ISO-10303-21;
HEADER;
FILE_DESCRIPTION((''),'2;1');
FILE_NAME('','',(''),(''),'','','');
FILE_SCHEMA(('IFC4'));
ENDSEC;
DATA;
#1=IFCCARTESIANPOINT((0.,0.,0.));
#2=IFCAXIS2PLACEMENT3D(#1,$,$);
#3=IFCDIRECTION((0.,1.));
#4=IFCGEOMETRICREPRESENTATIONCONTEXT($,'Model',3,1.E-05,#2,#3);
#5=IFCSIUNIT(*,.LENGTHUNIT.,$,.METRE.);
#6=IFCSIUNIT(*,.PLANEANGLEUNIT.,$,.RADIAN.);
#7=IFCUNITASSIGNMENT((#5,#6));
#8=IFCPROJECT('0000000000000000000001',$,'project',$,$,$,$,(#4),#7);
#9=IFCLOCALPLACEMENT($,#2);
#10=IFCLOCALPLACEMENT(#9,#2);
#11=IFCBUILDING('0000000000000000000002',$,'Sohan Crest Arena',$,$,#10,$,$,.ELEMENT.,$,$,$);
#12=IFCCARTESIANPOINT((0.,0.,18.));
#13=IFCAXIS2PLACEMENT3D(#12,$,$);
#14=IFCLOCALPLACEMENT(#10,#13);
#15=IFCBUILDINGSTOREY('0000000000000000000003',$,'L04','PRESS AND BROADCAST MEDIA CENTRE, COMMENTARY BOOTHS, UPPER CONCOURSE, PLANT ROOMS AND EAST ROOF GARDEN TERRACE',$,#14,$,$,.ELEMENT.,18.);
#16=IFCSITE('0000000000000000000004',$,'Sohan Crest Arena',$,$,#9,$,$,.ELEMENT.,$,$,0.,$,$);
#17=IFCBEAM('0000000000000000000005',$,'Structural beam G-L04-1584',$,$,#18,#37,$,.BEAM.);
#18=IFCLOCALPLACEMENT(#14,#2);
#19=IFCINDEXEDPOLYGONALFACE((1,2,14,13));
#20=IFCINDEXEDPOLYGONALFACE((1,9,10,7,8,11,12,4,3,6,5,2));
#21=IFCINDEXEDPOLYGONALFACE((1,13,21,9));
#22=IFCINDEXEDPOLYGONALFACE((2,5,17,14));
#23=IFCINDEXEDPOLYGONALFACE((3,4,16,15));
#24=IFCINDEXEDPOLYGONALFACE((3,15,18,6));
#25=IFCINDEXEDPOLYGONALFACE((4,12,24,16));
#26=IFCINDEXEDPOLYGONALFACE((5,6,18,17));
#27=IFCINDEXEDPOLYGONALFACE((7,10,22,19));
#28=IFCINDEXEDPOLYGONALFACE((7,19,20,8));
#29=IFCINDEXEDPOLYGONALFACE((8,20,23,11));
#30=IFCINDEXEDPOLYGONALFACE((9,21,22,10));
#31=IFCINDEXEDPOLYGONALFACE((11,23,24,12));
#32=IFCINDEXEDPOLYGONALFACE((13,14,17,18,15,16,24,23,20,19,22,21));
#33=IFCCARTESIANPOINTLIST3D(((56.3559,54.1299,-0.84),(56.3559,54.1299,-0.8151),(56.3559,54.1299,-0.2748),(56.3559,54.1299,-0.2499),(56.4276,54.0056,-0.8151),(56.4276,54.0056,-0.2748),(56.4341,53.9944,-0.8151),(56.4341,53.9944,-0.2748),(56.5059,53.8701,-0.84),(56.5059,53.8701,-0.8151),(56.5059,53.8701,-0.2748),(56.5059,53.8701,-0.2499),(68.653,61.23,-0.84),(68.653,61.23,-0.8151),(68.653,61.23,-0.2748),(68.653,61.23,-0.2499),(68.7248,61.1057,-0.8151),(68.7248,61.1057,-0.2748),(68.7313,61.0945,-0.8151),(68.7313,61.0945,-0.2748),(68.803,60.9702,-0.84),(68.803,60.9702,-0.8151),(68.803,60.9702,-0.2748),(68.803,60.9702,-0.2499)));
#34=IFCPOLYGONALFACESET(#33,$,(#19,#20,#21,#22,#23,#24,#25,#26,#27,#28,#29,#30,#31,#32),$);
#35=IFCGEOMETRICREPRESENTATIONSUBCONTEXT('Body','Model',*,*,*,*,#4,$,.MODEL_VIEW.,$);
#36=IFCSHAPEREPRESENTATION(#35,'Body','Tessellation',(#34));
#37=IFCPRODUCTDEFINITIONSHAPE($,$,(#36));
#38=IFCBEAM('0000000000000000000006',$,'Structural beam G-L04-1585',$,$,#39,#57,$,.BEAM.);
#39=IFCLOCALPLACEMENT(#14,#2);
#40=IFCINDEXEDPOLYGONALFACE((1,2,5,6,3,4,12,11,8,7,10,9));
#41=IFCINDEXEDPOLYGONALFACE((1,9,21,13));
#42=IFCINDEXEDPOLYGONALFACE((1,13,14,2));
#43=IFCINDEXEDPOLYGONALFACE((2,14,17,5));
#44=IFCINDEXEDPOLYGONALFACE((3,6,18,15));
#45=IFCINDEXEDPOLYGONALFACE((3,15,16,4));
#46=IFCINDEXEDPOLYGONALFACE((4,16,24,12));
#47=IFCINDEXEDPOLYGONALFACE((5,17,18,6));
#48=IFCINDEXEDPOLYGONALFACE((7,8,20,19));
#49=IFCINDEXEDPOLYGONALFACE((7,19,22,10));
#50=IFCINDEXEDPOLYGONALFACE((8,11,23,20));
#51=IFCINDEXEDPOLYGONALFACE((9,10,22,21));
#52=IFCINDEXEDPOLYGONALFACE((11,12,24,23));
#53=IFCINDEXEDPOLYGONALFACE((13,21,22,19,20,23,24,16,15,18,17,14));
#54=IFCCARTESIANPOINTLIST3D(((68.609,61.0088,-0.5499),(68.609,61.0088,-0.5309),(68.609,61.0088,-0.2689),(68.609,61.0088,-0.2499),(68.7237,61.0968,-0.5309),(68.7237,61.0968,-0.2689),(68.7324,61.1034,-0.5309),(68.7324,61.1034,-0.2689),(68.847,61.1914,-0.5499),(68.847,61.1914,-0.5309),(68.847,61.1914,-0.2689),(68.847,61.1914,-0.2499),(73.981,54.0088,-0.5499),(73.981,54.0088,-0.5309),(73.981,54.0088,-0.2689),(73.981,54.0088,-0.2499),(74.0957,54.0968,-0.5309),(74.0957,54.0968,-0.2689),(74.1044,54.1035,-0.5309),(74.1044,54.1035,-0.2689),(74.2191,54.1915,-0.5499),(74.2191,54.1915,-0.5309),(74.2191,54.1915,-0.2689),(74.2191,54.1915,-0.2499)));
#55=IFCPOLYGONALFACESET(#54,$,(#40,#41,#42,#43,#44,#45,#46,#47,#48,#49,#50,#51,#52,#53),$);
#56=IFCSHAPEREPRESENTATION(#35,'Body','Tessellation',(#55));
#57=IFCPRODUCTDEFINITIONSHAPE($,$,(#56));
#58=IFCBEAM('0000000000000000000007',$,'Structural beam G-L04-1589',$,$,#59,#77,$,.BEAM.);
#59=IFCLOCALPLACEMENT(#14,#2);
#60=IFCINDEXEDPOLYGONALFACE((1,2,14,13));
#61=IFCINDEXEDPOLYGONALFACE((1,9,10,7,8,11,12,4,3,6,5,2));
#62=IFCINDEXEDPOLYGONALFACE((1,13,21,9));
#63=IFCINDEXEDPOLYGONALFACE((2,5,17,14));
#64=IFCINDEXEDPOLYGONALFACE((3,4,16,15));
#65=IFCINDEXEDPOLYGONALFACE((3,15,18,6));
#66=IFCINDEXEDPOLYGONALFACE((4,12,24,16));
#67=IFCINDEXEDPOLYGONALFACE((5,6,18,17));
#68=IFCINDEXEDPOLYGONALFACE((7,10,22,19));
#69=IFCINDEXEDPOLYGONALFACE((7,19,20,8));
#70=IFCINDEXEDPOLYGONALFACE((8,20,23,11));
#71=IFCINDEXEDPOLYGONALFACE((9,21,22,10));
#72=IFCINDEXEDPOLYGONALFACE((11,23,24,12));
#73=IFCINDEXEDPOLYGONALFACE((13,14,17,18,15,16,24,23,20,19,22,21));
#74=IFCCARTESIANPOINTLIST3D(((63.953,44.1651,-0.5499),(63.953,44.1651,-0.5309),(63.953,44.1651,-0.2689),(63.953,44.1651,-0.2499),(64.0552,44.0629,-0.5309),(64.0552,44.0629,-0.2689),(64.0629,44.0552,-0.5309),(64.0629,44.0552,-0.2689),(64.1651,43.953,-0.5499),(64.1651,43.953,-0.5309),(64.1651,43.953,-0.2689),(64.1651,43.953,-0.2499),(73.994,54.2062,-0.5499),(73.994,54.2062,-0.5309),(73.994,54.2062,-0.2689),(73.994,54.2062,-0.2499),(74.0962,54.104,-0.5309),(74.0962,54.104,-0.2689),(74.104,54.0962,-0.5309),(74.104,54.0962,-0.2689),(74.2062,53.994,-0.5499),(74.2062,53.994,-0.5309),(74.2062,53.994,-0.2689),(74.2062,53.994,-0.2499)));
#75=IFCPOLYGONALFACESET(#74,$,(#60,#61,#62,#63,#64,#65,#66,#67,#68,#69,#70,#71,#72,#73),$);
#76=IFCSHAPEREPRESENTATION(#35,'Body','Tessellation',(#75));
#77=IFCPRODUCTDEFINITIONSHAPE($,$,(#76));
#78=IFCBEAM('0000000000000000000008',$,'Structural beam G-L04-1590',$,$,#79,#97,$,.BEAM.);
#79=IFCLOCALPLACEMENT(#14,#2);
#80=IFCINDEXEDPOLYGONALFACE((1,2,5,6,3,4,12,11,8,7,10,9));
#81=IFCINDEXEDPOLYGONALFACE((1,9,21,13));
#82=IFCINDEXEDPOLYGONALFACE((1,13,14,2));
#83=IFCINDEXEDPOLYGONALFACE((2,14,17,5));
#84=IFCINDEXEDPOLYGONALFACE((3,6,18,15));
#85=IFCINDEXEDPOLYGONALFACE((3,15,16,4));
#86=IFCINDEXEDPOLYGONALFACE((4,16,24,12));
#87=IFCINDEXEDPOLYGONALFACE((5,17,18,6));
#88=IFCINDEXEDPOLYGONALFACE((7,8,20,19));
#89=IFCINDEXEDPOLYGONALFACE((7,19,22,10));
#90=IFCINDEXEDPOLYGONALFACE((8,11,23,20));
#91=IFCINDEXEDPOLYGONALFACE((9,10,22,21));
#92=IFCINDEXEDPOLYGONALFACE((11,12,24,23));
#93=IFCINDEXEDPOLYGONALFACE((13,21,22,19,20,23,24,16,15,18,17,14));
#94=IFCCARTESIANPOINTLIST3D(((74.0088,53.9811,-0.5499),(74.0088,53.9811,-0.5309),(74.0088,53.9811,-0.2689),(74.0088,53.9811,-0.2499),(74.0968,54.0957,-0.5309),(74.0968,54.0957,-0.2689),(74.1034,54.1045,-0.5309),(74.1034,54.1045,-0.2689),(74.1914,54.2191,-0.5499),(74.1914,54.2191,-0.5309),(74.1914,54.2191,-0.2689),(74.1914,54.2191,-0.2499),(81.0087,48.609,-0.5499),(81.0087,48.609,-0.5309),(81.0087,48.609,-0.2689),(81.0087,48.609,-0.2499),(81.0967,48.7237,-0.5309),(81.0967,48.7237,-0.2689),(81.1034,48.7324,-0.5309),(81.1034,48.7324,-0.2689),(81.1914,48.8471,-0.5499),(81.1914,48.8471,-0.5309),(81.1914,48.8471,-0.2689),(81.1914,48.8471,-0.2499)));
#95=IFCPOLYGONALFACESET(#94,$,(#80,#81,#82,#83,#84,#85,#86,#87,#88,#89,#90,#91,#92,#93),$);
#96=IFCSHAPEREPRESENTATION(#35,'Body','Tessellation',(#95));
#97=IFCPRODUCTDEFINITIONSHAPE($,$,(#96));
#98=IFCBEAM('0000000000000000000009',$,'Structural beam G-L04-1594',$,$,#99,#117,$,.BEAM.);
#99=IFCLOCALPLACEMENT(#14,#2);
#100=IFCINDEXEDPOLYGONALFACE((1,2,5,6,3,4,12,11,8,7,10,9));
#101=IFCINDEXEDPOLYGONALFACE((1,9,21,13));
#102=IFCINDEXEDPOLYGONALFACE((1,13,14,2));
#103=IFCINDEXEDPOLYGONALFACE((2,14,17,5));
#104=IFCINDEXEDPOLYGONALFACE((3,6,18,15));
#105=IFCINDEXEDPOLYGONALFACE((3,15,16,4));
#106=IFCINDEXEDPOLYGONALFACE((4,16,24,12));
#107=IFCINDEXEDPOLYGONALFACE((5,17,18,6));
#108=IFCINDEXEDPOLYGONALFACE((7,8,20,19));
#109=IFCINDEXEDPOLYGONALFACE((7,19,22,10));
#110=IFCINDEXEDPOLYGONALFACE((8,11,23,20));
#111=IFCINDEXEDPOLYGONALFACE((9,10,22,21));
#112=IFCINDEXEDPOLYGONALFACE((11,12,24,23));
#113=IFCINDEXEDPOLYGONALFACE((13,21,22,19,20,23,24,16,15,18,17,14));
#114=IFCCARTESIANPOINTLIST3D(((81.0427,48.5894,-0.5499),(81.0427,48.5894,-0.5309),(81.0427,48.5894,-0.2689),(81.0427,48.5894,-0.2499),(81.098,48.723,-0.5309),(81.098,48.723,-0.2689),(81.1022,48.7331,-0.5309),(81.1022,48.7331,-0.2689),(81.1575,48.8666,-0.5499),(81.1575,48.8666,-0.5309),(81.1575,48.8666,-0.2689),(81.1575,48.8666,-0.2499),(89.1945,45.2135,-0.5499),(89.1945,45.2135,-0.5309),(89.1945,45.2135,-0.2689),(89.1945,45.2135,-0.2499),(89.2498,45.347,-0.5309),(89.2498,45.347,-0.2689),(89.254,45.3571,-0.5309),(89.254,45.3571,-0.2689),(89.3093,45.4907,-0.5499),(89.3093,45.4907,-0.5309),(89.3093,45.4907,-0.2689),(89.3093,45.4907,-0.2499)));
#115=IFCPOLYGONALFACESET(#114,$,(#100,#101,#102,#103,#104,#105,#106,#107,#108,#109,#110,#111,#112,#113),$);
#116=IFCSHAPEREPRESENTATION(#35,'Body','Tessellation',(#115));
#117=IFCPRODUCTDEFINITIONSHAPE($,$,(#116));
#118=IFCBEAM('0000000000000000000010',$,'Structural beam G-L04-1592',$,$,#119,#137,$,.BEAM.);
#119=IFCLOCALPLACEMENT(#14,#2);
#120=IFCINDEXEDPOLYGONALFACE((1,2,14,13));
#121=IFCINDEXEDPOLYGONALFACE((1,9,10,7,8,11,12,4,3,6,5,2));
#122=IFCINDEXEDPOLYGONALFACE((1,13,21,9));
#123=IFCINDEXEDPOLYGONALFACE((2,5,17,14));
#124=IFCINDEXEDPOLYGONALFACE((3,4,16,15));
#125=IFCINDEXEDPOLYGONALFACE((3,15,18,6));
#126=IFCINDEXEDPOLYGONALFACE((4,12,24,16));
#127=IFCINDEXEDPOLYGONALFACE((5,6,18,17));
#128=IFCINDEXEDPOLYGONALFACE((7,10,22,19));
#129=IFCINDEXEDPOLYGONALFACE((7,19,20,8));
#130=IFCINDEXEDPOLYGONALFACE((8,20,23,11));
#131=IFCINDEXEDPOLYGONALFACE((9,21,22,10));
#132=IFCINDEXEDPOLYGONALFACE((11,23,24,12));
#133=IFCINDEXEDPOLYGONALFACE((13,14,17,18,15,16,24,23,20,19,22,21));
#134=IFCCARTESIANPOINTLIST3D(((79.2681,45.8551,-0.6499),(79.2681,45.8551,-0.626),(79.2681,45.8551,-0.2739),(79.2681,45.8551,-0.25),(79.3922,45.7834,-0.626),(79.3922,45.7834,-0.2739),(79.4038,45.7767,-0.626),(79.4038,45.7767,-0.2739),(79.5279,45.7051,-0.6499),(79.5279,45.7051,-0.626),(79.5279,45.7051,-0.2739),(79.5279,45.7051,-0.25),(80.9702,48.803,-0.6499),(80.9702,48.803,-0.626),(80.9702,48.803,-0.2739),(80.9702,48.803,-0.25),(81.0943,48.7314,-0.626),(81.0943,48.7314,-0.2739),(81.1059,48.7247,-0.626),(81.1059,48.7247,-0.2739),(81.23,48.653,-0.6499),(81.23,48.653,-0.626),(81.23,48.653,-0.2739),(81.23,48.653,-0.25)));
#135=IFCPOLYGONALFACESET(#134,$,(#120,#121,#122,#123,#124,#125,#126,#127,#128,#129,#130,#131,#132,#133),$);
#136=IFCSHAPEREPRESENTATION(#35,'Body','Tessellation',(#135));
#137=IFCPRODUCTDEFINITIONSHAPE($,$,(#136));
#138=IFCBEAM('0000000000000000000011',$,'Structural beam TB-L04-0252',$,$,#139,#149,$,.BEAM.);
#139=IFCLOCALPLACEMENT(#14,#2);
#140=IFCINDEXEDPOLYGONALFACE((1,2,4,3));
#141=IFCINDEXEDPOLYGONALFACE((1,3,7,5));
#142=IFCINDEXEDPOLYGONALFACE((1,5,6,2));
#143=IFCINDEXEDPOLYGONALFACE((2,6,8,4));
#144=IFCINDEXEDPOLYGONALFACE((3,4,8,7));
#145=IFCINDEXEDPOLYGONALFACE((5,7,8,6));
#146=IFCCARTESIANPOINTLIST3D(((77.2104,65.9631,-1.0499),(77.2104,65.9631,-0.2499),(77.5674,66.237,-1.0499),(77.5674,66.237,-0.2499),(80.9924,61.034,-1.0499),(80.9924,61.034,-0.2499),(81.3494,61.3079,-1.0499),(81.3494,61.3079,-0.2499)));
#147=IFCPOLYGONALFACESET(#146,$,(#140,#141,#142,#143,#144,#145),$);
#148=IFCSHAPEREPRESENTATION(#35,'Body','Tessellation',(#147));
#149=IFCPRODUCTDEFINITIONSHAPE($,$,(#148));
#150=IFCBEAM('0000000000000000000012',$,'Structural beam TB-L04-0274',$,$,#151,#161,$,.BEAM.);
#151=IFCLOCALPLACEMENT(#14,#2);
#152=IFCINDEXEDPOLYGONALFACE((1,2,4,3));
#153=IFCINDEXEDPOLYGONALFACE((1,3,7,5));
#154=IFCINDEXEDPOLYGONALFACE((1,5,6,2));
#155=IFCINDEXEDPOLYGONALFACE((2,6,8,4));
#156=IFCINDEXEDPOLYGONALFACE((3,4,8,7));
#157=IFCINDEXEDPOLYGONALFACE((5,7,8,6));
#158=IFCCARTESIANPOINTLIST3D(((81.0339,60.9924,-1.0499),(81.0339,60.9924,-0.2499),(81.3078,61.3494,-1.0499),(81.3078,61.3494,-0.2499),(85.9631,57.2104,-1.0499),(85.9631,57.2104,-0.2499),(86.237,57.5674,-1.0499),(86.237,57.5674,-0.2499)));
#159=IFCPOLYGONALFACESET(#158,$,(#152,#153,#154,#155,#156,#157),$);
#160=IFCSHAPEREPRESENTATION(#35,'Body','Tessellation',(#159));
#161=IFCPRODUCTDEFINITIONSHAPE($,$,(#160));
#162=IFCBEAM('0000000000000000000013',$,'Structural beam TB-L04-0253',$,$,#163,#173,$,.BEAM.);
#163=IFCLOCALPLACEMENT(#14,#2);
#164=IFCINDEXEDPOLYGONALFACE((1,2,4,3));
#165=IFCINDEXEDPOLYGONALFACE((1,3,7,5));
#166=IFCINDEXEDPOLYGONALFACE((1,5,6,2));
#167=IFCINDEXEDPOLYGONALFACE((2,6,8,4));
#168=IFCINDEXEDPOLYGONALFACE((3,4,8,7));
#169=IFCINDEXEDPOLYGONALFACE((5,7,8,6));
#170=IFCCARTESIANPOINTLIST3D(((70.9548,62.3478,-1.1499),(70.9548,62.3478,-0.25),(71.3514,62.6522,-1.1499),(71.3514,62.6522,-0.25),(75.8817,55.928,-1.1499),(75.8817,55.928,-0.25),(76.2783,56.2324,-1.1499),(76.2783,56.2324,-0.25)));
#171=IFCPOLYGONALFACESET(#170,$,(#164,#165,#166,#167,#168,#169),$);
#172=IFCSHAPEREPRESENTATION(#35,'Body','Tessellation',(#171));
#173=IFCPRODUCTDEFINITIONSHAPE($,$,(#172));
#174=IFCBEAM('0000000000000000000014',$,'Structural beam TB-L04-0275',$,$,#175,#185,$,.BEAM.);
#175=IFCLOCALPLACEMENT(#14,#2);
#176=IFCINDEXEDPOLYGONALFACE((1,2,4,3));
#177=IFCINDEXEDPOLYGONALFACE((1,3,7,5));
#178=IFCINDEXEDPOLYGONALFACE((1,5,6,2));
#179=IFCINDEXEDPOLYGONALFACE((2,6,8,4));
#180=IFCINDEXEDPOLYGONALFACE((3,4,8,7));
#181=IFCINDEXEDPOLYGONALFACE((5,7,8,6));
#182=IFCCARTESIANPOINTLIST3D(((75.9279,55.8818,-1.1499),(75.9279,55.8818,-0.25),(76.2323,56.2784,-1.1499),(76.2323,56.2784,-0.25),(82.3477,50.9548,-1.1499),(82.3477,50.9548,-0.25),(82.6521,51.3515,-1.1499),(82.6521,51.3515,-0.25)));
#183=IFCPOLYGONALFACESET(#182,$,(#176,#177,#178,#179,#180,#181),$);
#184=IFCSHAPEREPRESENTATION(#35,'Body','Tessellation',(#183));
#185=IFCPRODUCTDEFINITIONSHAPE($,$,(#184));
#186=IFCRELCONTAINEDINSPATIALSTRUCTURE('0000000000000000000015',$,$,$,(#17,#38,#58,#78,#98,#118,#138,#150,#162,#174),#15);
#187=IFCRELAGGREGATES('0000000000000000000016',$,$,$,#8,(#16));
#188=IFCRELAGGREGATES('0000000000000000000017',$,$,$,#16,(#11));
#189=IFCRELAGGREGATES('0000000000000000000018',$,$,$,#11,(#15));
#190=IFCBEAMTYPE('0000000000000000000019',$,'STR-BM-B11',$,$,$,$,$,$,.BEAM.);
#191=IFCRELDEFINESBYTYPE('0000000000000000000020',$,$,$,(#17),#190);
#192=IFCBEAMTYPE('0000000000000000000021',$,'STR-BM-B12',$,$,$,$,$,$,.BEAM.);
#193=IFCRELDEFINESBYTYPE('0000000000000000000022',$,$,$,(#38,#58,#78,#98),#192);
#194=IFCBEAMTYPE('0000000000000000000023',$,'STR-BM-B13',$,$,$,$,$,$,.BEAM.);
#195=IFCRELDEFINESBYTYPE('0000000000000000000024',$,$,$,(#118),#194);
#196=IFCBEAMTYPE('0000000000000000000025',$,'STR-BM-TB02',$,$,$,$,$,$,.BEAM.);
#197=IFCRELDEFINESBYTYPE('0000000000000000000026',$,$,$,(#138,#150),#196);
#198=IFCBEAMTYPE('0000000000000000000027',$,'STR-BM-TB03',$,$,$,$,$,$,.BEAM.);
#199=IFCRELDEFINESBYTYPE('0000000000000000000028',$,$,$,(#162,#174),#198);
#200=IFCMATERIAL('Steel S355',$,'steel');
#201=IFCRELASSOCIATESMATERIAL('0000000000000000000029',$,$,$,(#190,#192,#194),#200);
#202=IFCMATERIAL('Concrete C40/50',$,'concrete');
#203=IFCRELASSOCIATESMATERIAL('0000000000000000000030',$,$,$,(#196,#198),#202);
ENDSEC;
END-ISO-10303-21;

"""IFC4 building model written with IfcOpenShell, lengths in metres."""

from ifc_helpers import new_model, si_unit, direction, frame, origin, origin_2d, place, context, subcontext, project, spatial, rectangle, i_section, extrude, material, material_profile, profile_set, type_object, element, save


model = new_model("IFC4")

# Units and contexts
model_context = context("Model", 3, precision=1e-05, world=origin(), true_north=direction((0.0, 1.0)))
body_context = subcontext(model_context, "Body", "Model", "MODEL_VIEW")
ifc_project = project(units=[si_unit("LENGTHUNIT", "METRE"), si_unit("PLANEANGLEUNIT", "RADIAN")], contexts=[model_context])

# Site, building, storey
site_placement = place(None, origin())
site = spatial("IfcSite", under=ifc_project, at=site_placement, Name="Sohan Crest Arena", CompositionType="ELEMENT", RefElevation=0.0)
building_placement = place(site_placement, origin())
building = spatial("IfcBuilding", under=site, at=building_placement, Name="Sohan Crest Arena", CompositionType="ELEMENT")
storey_placement = place(building_placement, frame((0.0, 0.0, 18.0)))
storey = spatial("IfcBuildingStorey", under=building, at=storey_placement, Name="L04", Description="PRESS AND BROADCAST MEDIA CENTRE, COMMENTARY BOOTHS, UPPER CONCOURSE, PLANT ROOMS AND EAST ROOF GARDEN TERRACE", CompositionType="ELEMENT", Elevation=18.0)

# Shared definitions
ifc_material_1 = material(Name="Concrete C40/50", Category="concrete")
ifc_material_2 = material(Name="Steel S355", Category="steel")

# Beams
ifc_material_profile_1 = material_profile(ifc_material_2, i_section(OverallWidth=0.3, OverallDepth=0.5901, WebThickness=0.0129, FlangeThickness=0.0249, at=origin_2d()), Name="HEA 600")
ifc_profile_set_1 = profile_set([ifc_material_profile_1], Name="Steel S355")
beam_type_1 = type_object("IfcBeamType", Name="STR-BM-B11", PredefinedType="BEAM", material=ifc_profile_set_1)
beam_1_placement = place(storey_placement, frame((68.728, 61.1001, -0.5449), z_axis=(-0.866015, -0.500019, 0.0), x_axis=(0.500019, -0.866015, 0.0)))
element("IfcBeam", 1, at=beam_1_placement, inside=storey, type_object=beam_type_1, Name="Structural beam G-L04-1584", PredefinedType="BEAM", context=body_context, shape_type="SweptSolid", body=[
    extrude(i_section(OverallWidth=0.3, OverallDepth=0.5901, WebThickness=0.0129, FlangeThickness=0.0249, at=origin_2d()), origin(), (0.0, 0.0, 1.0), 14.1997),
])
ifc_material_profile_2 = material_profile(ifc_material_2, i_section(OverallWidth=0.3, OverallDepth=0.3, WebThickness=0.011, FlangeThickness=0.019, at=origin_2d()), Name="HEB 300")
ifc_profile_set_2 = profile_set([ifc_material_profile_2], Name="Steel S355")
beam_type_2 = type_object("IfcBeamType", Name="STR-BM-B12", PredefinedType="BEAM", material=ifc_profile_set_2)
beam_2_placement = place(storey_placement, frame((68.728, 61.1001, -0.3999), z_axis=(0.608817, -0.793311, 0.0), x_axis=(0.793311, 0.608817, 0.0)))
element("IfcBeam", 2, at=beam_2_placement, inside=storey, type_object=beam_type_2, Name="Structural beam G-L04-1585", PredefinedType="BEAM", context=body_context, shape_type="SweptSolid", body=[
    extrude(i_section(OverallWidth=0.3, OverallDepth=0.3, WebThickness=0.011, FlangeThickness=0.019, at=origin_2d()), origin(), (0.0, 0.0, 1.0), 8.8237),
])
beam_3_placement = place(storey_placement, frame((74.1001, 54.1001, -0.3999), z_axis=(-0.707107, -0.707107, 0.0), x_axis=(0.707107, -0.707107, 0.0)))
element("IfcBeam", 3, at=beam_3_placement, inside=storey, type_object=beam_type_2, Name="Structural beam G-L04-1589", PredefinedType="BEAM", context=body_context, shape_type="SweptSolid", body=[
    extrude(i_section(OverallWidth=0.3, OverallDepth=0.3, WebThickness=0.011, FlangeThickness=0.019, at=origin_2d()), origin(), (0.0, 0.0, 1.0), 14.2002),
])
beam_4_placement = place(storey_placement, frame((74.1001, 54.1001, -0.3999), z_axis=(0.793311, -0.608817, 0.0), x_axis=(0.608817, 0.793311, 0.0)))
element("IfcBeam", 4, at=beam_4_placement, inside=storey, type_object=beam_type_2, Name="Structural beam G-L04-1590", PredefinedType="BEAM", context=body_context, shape_type="SweptSolid", body=[
    extrude(i_section(OverallWidth=0.3, OverallDepth=0.3, WebThickness=0.011, FlangeThickness=0.019, at=origin_2d()), origin(), (0.0, 0.0, 1.0), 8.8237),
])
beam_5_placement = place(storey_placement, frame((81.1001, 48.728, -0.3999), z_axis=(0.923905, -0.382622, 0.0), x_axis=(0.382622, 0.923905, 0.0)))
element("IfcBeam", 5, at=beam_5_placement, inside=storey, type_object=beam_type_2, Name="Structural beam G-L04-1594", PredefinedType="BEAM", context=body_context, shape_type="SweptSolid", body=[
    extrude(i_section(OverallWidth=0.3, OverallDepth=0.3, WebThickness=0.011, FlangeThickness=0.019, at=origin_2d()), origin(), (0.0, 0.0, 1.0), 8.8232),
])
ifc_material_profile_3 = material_profile(ifc_material_2, i_section(OverallWidth=0.3, OverallDepth=0.3999, WebThickness=0.0134, FlangeThickness=0.0239, at=origin_2d()), Name="HEB 400")
ifc_profile_set_3 = profile_set([ifc_material_profile_3], Name="Steel S355")
beam_type_3 = type_object("IfcBeamType", Name="STR-BM-B13", PredefinedType="BEAM", material=ifc_profile_set_3)
beam_6_placement = place(storey_placement, frame((81.1001, 48.728, -0.45), z_axis=(-0.500027, -0.86601, 0.0), x_axis=(0.86601, -0.500027, 0.0)))
element("IfcBeam", 6, at=beam_6_placement, inside=storey, type_object=beam_type_3, Name="Structural beam G-L04-1592", PredefinedType="BEAM", context=body_context, shape_type="SweptSolid", body=[
    extrude(i_section(OverallWidth=0.3, OverallDepth=0.3999, WebThickness=0.0134, FlangeThickness=0.0239, at=origin_2d()), origin(), (0.0, 0.0, 1.0), 3.4041),
])
ifc_material_profile_4 = material_profile(ifc_material_1, rectangle(XDim=0.45, YDim=0.8, at=origin_2d()), Name="RC-BM 450x800")
ifc_profile_set_4 = profile_set([ifc_material_profile_4], Name="Concrete C40/50")
beam_type_4 = type_object("IfcBeamType", Name="STR-BM-TB02", PredefinedType="BEAM", material=ifc_profile_set_4)
for number, where, z_axis, x_axis, name in (
    (7, (77.3889, 66.1001, -0.6499), (0.608728, -0.793379, 0.0), (0.793379, 0.608728, 0.0), "Structural beam TB-L04-0252"),
    (8, (81.1709, 61.1709, -0.6499), (0.793379, -0.608728, 0.0), (0.608728, 0.793379, 0.0), "Structural beam TB-L04-0274"),
):
    element("IfcBeam", number, at=place(storey_placement, frame(where, z_axis=z_axis, x_axis=x_axis)), inside=storey, type_object=beam_type_4, Name=name, PredefinedType="BEAM", context=body_context, shape_type="SweptSolid", body=[
        extrude(rectangle(XDim=0.45, YDim=0.8, at=origin_2d()), origin(), (0.0, 0.0, 1.0), 6.2129),
    ])
ifc_material_profile_5 = material_profile(ifc_material_1, rectangle(XDim=0.5, YDim=0.8999, at=origin_2d()), Name="RC-BM 500x900")
ifc_profile_set_5 = profile_set([ifc_material_profile_5], Name="Concrete C40/50")
beam_type_5 = type_object("IfcBeamType", Name="STR-BM-TB03", PredefinedType="BEAM", material=ifc_profile_set_5)
for number, where, z_axis, x_axis, name in (
    (9, (71.1531, 62.5, -0.7), (0.608825, -0.793304, 0.0), (0.793304, 0.608825, 0.0), "Structural beam TB-L04-0253"),
    (10, (76.0801, 56.0801, -0.7), (0.793304, -0.608825, 0.0), (0.608825, 0.793304, 0.0), "Structural beam TB-L04-0275"),
):
    element("IfcBeam", number, at=place(storey_placement, frame(where, z_axis=z_axis, x_axis=x_axis)), inside=storey, type_object=beam_type_5, Name=name, PredefinedType="BEAM", context=body_context, shape_type="SweptSolid", body=[
        extrude(rectangle(XDim=0.5, YDim=0.8999, at=origin_2d()), origin(), (0.0, 0.0, 1.0), 8.0925),
    ])

save(model, "model.ifc")
